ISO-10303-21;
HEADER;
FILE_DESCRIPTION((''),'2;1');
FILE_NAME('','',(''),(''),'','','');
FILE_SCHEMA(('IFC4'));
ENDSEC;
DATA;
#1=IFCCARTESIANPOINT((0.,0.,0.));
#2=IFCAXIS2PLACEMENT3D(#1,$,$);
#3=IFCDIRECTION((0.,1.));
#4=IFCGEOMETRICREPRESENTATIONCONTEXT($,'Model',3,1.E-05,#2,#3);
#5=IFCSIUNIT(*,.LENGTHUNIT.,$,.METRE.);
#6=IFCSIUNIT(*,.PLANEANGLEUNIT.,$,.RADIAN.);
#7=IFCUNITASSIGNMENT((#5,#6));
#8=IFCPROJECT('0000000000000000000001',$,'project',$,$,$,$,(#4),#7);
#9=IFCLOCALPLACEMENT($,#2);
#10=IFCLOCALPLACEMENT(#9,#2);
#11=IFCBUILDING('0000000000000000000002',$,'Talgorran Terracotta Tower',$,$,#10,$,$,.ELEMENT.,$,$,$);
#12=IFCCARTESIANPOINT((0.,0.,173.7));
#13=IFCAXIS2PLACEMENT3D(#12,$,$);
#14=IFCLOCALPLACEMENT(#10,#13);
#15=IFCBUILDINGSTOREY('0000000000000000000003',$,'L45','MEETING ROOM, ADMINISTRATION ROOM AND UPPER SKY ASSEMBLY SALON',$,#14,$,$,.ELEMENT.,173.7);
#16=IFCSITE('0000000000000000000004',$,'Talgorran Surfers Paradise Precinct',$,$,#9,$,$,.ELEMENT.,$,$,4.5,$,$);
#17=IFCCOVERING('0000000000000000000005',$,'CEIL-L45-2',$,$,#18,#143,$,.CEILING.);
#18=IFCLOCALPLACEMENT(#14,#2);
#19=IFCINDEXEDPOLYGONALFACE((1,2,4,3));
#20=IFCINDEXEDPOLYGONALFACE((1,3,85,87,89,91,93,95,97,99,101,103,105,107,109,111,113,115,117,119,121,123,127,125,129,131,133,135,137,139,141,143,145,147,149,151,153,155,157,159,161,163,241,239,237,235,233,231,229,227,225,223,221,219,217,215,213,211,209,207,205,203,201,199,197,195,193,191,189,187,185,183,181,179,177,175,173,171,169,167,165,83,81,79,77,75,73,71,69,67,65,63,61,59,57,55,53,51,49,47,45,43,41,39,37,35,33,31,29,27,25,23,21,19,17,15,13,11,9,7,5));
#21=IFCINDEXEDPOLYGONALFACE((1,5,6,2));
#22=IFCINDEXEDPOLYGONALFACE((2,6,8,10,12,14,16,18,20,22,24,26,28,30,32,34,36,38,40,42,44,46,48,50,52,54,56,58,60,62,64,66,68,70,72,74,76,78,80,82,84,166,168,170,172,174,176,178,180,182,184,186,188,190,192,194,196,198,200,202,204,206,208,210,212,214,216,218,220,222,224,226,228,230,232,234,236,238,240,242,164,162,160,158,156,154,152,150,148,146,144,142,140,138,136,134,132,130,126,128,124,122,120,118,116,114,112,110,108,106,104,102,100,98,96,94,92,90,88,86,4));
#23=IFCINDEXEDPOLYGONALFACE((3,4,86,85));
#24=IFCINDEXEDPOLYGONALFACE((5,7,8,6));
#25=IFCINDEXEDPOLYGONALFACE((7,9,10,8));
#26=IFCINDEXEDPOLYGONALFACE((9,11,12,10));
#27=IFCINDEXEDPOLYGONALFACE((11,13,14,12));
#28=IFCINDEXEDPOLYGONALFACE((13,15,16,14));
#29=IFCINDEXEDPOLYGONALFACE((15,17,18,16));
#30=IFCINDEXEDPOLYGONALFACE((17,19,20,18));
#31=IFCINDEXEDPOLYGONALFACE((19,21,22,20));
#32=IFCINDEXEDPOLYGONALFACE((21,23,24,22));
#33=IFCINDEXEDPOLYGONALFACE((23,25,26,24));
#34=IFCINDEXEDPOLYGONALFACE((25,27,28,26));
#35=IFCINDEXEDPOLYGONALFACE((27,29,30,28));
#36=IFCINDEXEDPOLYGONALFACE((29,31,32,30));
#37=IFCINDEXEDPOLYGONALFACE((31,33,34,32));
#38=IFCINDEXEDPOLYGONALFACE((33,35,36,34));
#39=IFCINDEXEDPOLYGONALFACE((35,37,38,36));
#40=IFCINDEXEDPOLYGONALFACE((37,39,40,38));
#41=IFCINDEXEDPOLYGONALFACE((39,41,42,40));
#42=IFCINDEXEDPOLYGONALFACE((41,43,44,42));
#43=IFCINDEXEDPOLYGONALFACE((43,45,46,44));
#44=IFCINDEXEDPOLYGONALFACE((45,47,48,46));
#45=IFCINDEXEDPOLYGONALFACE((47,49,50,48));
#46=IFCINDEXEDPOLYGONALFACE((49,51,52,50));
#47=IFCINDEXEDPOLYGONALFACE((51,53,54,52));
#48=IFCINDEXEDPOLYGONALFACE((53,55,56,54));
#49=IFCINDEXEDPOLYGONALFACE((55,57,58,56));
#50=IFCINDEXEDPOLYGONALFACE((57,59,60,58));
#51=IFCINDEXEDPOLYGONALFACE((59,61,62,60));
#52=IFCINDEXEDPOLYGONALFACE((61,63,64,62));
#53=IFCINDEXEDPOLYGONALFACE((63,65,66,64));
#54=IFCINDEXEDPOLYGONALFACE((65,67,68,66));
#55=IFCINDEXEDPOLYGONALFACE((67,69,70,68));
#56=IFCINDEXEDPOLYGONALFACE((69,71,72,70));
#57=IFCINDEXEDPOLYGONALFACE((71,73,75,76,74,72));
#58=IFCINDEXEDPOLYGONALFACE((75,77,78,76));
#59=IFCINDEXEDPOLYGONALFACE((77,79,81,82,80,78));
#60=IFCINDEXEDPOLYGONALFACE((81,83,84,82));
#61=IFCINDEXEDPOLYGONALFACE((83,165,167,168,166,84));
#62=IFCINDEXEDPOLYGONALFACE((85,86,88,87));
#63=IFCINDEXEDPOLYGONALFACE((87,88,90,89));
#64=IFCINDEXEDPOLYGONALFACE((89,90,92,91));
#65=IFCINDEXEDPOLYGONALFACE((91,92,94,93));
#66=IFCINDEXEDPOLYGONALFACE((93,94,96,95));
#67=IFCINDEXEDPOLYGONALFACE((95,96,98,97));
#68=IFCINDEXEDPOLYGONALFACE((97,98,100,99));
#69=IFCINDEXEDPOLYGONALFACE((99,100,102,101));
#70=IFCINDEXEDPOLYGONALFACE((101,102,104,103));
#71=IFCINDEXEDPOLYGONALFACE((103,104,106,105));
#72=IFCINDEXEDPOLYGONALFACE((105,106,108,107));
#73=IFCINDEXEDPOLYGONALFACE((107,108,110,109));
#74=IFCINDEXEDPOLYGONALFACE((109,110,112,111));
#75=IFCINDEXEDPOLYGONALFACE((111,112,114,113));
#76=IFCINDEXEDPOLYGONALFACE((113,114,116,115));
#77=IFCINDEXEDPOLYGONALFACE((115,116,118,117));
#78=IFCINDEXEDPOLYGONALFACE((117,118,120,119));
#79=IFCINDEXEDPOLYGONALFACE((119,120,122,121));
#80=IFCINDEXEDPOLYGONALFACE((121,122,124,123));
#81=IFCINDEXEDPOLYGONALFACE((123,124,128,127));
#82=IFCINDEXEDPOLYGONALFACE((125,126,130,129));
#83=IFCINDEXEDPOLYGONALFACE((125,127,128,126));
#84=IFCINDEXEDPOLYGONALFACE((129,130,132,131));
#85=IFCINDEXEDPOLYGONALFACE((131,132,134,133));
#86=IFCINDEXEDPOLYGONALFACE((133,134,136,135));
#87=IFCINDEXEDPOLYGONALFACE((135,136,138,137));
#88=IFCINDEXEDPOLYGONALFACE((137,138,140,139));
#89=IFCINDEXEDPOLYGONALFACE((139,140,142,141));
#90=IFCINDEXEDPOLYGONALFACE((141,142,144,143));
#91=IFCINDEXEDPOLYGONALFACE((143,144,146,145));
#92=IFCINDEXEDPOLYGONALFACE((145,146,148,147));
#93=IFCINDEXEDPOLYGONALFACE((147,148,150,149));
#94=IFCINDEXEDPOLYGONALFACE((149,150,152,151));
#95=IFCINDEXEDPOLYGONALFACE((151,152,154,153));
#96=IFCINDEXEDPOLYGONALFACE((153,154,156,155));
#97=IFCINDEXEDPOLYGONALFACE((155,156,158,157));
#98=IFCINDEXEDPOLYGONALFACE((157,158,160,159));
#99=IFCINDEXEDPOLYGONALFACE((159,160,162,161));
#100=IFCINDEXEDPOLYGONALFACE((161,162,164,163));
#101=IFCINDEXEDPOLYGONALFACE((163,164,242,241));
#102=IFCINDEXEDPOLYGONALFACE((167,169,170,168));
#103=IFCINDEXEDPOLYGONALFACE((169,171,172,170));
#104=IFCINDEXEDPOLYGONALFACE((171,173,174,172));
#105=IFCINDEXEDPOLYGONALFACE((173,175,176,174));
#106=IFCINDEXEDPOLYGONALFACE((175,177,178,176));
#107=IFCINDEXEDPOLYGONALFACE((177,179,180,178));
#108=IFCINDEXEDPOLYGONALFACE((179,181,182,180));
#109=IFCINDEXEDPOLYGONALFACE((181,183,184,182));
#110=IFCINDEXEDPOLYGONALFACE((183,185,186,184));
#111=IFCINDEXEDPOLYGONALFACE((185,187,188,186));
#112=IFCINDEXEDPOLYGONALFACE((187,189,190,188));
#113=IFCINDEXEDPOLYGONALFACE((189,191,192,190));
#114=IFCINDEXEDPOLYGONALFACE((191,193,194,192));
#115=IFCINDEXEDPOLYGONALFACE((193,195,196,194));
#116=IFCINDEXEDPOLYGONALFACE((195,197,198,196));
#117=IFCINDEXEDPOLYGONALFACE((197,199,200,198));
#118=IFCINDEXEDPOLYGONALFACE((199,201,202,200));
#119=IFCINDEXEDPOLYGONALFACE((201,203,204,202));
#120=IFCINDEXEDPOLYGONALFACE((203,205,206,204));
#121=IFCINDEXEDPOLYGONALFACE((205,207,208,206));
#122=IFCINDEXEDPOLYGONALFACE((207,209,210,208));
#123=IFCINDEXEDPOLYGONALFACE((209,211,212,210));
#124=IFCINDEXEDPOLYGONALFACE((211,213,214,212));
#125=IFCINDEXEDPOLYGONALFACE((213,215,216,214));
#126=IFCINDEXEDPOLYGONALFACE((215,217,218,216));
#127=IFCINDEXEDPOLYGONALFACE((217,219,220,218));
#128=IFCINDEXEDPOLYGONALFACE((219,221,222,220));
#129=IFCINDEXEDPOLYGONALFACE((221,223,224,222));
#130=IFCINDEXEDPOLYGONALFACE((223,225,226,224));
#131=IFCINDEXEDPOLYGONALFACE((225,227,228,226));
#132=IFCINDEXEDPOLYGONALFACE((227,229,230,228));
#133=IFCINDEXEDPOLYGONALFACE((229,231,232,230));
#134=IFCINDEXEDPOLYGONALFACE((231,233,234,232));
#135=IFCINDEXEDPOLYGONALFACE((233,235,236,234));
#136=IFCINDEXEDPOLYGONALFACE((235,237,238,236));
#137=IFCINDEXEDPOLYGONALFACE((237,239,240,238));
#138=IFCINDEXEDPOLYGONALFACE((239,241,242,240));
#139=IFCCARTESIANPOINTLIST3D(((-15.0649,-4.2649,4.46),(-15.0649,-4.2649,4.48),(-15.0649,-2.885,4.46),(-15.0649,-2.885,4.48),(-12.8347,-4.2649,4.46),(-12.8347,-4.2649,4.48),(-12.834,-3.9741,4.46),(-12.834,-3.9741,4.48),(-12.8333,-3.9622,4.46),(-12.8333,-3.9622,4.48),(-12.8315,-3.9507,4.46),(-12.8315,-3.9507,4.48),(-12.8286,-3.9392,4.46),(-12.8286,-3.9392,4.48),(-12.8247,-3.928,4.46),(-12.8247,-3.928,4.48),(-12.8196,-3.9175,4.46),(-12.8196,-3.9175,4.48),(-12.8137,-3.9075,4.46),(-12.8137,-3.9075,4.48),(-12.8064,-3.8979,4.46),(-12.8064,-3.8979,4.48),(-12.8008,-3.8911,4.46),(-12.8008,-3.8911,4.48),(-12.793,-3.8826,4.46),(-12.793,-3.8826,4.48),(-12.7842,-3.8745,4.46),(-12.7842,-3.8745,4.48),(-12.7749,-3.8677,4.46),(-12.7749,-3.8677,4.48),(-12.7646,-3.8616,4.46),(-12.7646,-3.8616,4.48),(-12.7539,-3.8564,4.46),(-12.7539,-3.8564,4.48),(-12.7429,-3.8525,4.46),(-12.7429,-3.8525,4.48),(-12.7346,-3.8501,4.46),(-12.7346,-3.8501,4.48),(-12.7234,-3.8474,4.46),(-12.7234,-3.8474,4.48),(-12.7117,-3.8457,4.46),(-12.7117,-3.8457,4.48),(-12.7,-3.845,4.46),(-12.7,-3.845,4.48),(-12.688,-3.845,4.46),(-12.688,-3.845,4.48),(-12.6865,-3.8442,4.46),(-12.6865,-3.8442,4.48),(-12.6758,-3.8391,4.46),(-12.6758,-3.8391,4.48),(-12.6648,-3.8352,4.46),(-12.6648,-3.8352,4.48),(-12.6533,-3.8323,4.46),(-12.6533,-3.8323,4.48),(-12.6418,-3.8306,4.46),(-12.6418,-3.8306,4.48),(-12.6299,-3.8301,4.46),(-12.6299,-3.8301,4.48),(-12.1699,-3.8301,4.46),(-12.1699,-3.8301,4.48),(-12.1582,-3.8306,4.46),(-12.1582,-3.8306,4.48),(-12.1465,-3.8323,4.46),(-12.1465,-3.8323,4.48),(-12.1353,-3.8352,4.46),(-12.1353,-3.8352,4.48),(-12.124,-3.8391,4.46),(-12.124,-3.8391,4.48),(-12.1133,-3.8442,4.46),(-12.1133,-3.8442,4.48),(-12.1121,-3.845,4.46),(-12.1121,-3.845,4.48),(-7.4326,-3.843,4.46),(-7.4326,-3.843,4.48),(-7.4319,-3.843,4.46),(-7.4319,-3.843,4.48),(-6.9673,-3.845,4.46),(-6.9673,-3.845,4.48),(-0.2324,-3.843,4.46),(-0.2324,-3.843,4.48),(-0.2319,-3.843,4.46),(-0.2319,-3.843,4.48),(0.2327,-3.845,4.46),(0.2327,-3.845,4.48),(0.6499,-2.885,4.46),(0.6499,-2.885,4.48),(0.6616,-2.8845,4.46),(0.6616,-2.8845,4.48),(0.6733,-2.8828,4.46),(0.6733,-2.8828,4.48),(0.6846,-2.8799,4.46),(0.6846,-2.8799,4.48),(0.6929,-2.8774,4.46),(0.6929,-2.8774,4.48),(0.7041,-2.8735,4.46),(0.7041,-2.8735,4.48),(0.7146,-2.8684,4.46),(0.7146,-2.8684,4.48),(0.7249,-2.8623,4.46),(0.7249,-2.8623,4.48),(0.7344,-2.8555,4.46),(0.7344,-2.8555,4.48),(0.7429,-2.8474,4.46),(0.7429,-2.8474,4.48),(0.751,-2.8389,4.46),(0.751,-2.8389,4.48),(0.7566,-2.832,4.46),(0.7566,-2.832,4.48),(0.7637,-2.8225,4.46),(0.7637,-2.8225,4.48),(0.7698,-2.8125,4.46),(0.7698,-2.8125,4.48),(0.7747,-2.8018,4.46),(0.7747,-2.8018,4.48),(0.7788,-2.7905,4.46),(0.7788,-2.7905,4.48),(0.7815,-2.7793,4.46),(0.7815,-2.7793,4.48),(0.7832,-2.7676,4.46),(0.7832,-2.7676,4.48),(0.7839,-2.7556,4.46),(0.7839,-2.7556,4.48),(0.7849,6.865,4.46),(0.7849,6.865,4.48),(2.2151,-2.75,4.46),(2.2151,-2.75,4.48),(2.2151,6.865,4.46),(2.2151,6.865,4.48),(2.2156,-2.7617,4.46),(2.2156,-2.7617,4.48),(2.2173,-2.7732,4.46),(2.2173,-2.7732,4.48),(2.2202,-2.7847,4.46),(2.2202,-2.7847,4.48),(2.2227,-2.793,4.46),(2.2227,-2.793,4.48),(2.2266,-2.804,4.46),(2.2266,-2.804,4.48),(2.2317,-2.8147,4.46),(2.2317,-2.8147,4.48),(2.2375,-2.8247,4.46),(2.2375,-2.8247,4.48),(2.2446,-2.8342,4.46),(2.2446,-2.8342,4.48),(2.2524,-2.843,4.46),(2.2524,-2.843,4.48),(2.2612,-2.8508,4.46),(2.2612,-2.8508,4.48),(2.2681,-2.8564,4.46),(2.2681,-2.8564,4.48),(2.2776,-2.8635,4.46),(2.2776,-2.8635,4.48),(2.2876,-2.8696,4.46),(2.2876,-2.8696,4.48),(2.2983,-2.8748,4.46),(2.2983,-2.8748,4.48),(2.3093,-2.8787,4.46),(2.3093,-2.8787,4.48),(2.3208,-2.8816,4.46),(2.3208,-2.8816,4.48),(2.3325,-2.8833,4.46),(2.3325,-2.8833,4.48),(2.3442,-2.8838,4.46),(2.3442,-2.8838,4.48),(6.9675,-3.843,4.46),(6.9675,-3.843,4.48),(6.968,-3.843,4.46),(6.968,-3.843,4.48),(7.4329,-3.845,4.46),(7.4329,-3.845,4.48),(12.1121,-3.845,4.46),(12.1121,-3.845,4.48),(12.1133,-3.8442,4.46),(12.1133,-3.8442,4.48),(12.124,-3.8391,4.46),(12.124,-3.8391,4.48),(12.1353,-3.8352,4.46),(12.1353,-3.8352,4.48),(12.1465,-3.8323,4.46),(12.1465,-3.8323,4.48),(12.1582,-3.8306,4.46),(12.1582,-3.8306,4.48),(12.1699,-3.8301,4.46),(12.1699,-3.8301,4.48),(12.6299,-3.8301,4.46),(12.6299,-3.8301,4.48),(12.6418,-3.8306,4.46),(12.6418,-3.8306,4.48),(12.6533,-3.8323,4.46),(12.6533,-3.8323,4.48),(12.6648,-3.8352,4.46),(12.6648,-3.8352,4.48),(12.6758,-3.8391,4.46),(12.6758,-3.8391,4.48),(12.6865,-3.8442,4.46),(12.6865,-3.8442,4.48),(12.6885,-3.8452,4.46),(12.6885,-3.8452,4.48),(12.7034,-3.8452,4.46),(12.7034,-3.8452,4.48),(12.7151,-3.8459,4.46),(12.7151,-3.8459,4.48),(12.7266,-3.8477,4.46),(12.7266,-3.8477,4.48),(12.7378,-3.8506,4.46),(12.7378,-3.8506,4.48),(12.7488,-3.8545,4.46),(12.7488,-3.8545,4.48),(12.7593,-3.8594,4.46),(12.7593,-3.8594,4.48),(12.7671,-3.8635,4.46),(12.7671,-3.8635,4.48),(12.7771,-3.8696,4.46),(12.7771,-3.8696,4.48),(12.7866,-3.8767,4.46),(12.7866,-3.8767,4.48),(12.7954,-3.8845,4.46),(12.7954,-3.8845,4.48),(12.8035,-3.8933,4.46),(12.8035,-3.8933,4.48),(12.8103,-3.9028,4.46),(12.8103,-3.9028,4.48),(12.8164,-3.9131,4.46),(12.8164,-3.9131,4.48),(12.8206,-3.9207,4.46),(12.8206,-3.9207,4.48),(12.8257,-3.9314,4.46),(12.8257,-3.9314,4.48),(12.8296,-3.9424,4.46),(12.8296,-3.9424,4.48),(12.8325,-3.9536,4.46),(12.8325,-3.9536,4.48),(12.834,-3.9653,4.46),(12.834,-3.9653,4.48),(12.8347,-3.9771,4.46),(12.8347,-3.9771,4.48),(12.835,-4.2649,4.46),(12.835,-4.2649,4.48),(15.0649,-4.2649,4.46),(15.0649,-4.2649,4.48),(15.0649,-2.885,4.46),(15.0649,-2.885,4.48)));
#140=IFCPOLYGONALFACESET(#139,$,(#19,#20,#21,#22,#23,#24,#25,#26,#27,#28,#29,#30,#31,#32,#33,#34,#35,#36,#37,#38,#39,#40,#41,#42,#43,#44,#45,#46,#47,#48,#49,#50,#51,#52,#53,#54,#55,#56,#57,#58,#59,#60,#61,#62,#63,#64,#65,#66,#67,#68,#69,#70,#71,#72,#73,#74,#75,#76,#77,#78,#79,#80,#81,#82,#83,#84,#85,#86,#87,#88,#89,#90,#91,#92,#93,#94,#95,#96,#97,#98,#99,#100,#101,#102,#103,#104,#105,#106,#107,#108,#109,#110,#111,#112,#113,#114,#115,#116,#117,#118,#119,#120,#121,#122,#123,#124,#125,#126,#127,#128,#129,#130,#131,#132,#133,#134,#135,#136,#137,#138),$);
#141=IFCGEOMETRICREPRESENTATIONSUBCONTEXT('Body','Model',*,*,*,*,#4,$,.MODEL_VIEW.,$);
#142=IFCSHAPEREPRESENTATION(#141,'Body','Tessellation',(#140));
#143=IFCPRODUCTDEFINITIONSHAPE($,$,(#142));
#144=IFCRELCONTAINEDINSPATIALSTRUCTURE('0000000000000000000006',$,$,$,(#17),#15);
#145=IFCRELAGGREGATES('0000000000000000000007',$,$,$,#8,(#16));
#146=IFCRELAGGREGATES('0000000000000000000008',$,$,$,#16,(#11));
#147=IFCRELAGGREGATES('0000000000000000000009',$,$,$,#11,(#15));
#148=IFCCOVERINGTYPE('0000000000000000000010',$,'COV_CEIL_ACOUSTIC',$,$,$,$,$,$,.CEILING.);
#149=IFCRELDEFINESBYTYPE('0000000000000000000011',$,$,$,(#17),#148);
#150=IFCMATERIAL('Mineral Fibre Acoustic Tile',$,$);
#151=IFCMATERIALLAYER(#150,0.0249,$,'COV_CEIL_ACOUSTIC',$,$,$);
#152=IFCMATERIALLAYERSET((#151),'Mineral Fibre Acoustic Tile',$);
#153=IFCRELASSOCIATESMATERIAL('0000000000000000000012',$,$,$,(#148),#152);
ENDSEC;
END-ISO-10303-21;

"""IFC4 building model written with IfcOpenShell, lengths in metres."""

from ifc_helpers import new_model, si_unit, direction, frame, origin, place, context, subcontext, project, spatial, polyline, outline, extrude, material, layer, layer_set, type_object, element, save


model = new_model("IFC4")

# Units and contexts
model_context = context("Model", 3, precision=1e-05, world=origin(), true_north=direction((0.0, 1.0)))
body_context = subcontext(model_context, "Body", "Model", "MODEL_VIEW")
ifc_project = project(units=[si_unit("LENGTHUNIT", "METRE"), si_unit("PLANEANGLEUNIT", "RADIAN")], contexts=[model_context])

# Site, building, storey
site_placement = place(None, origin())
site = spatial("IfcSite", under=ifc_project, at=site_placement, Name="Talgorran Surfers Paradise Precinct", CompositionType="ELEMENT", RefElevation=4.5)
building_placement = place(site_placement, origin())
building = spatial("IfcBuilding", under=site, at=building_placement, Name="Talgorran Terracotta Tower", CompositionType="ELEMENT")
storey_placement = place(building_placement, frame((0.0, 0.0, 173.7)))
storey = spatial("IfcBuildingStorey", under=building, at=storey_placement, Name="L45", Description="MEETING ROOM, ADMINISTRATION ROOM AND UPPER SKY ASSEMBLY SALON", CompositionType="ELEMENT", Elevation=173.7)

# Covering
ifc_material_1 = material(Name="Mineral Fibre Acoustic Tile")
ifc_layer_1 = layer(ifc_material_1, 0.0249, Name="COV_CEIL_ACOUSTIC")
ifc_layer_set_1 = layer_set([ifc_layer_1], Name="Mineral Fibre Acoustic Tile")
covering_type_1 = type_object("IfcCoveringType", Name="COV_CEIL_ACOUSTIC", PredefinedType="CEILING", material=ifc_layer_set_1)
covering_1_placement = place(storey_placement, frame((0.0, 0.0, 4.46)))
element("IfcCovering", 1, at=covering_1_placement, inside=storey, type_object=covering_type_1, Name="CEIL-L45-2", PredefinedType="CEILING", context=body_context, shape_type="SweptSolid", body=[
    extrude(outline(polyline([(-12.688, -3.845), (-12.7, -3.845), (-12.7117, -3.8457), (-12.7234, -3.8474), (-12.7346, -3.8501), (-12.7429, -3.8525), (-12.7539, -3.8564), (-12.7646, -3.8616), (-12.7749, -3.8677), (-12.7842, -3.8745), (-12.793, -3.8826), (-12.8008, -3.8911), (-12.8064, -3.8979), (-12.8137, -3.9075), (-12.8196, -3.9175), (-12.8247, -3.928), (-12.8286, -3.9392), (-12.8315, -3.9507), (-12.8333, -3.9622), (-12.834, -3.9741), (-12.8347, -4.2649), (-15.0649, -4.2649), (-15.0649, -2.885), (0.6499, -2.885), (0.6616, -2.8845), (0.6733, -2.8828), (0.6846, -2.8799), (0.6929, -2.8774), (0.7041, -2.8735), (0.7146, -2.8684), (0.7249, -2.8623), (0.7344, -2.8555), (0.7429, -2.8474), (0.751, -2.8389), (0.7566, -2.832), (0.7637, -2.8225), (0.7698, -2.8125), (0.7747, -2.8018), (0.7788, -2.7905), (0.7815, -2.7793), (0.7832, -2.7676), (0.7839, -2.7556), (0.7849, 6.865), (2.2151, 6.865), (2.2151, -2.75), (2.2156, -2.7617), (2.2173, -2.7732), (2.2202, -2.7847), (2.2227, -2.793), (2.2266, -2.804), (2.2317, -2.8147), (2.2375, -2.8247), (2.2446, -2.8342), (2.2524, -2.843), (2.2612, -2.8508), (2.2681, -2.8564), (2.2776, -2.8635), (2.2876, -2.8696), (2.2983, -2.8748), (2.3093, -2.8787), (2.3208, -2.8816), (2.3325, -2.8833), (2.3442, -2.8838), (15.0649, -2.885), (15.0649, -4.2649), (12.835, -4.2649), (12.8347, -3.9771), (12.834, -3.9653), (12.8325, -3.9536), (12.8296, -3.9424), (12.8257, -3.9314), (12.8206, -3.9207), (12.8164, -3.9131), (12.8103, -3.9028), (12.8035, -3.8933), (12.7954, -3.8845), (12.7866, -3.8767), (12.7771, -3.8696), (12.7671, -3.8635), (12.7593, -3.8594), (12.7488, -3.8545), (12.7378, -3.8506), (12.7266, -3.8477), (12.7151, -3.8459), (12.7034, -3.8452), (12.6885, -3.8452), (12.6865, -3.8442), (12.6758, -3.8391), (12.6648, -3.8352), (12.6533, -3.8323), (12.6418, -3.8306), (12.6299, -3.8301), (12.1699, -3.8301), (12.1582, -3.8306), (12.1465, -3.8323), (12.1353, -3.8352), (12.124, -3.8391), (12.1133, -3.8442), (12.1121, -3.845), (7.4329, -3.845), (6.968, -3.843), (6.9675, -3.843), (0.2327, -3.845), (-0.2319, -3.843), (-0.2324, -3.843), (-6.9673, -3.845), (-7.4319, -3.843), (-7.4326, -3.843), (-12.1121, -3.845), (-12.1133, -3.8442), (-12.124, -3.8391), (-12.1353, -3.8352), (-12.1465, -3.8323), (-12.1582, -3.8306), (-12.1699, -3.8301), (-12.6299, -3.8301), (-12.6418, -3.8306), (-12.6533, -3.8323), (-12.6648, -3.8352), (-12.6758, -3.8391), (-12.6865, -3.8442), (-12.688, -3.845)])), origin(), (0.0, 0.0, 1.0), 0.02),
])

save(model, "model.ifc")
